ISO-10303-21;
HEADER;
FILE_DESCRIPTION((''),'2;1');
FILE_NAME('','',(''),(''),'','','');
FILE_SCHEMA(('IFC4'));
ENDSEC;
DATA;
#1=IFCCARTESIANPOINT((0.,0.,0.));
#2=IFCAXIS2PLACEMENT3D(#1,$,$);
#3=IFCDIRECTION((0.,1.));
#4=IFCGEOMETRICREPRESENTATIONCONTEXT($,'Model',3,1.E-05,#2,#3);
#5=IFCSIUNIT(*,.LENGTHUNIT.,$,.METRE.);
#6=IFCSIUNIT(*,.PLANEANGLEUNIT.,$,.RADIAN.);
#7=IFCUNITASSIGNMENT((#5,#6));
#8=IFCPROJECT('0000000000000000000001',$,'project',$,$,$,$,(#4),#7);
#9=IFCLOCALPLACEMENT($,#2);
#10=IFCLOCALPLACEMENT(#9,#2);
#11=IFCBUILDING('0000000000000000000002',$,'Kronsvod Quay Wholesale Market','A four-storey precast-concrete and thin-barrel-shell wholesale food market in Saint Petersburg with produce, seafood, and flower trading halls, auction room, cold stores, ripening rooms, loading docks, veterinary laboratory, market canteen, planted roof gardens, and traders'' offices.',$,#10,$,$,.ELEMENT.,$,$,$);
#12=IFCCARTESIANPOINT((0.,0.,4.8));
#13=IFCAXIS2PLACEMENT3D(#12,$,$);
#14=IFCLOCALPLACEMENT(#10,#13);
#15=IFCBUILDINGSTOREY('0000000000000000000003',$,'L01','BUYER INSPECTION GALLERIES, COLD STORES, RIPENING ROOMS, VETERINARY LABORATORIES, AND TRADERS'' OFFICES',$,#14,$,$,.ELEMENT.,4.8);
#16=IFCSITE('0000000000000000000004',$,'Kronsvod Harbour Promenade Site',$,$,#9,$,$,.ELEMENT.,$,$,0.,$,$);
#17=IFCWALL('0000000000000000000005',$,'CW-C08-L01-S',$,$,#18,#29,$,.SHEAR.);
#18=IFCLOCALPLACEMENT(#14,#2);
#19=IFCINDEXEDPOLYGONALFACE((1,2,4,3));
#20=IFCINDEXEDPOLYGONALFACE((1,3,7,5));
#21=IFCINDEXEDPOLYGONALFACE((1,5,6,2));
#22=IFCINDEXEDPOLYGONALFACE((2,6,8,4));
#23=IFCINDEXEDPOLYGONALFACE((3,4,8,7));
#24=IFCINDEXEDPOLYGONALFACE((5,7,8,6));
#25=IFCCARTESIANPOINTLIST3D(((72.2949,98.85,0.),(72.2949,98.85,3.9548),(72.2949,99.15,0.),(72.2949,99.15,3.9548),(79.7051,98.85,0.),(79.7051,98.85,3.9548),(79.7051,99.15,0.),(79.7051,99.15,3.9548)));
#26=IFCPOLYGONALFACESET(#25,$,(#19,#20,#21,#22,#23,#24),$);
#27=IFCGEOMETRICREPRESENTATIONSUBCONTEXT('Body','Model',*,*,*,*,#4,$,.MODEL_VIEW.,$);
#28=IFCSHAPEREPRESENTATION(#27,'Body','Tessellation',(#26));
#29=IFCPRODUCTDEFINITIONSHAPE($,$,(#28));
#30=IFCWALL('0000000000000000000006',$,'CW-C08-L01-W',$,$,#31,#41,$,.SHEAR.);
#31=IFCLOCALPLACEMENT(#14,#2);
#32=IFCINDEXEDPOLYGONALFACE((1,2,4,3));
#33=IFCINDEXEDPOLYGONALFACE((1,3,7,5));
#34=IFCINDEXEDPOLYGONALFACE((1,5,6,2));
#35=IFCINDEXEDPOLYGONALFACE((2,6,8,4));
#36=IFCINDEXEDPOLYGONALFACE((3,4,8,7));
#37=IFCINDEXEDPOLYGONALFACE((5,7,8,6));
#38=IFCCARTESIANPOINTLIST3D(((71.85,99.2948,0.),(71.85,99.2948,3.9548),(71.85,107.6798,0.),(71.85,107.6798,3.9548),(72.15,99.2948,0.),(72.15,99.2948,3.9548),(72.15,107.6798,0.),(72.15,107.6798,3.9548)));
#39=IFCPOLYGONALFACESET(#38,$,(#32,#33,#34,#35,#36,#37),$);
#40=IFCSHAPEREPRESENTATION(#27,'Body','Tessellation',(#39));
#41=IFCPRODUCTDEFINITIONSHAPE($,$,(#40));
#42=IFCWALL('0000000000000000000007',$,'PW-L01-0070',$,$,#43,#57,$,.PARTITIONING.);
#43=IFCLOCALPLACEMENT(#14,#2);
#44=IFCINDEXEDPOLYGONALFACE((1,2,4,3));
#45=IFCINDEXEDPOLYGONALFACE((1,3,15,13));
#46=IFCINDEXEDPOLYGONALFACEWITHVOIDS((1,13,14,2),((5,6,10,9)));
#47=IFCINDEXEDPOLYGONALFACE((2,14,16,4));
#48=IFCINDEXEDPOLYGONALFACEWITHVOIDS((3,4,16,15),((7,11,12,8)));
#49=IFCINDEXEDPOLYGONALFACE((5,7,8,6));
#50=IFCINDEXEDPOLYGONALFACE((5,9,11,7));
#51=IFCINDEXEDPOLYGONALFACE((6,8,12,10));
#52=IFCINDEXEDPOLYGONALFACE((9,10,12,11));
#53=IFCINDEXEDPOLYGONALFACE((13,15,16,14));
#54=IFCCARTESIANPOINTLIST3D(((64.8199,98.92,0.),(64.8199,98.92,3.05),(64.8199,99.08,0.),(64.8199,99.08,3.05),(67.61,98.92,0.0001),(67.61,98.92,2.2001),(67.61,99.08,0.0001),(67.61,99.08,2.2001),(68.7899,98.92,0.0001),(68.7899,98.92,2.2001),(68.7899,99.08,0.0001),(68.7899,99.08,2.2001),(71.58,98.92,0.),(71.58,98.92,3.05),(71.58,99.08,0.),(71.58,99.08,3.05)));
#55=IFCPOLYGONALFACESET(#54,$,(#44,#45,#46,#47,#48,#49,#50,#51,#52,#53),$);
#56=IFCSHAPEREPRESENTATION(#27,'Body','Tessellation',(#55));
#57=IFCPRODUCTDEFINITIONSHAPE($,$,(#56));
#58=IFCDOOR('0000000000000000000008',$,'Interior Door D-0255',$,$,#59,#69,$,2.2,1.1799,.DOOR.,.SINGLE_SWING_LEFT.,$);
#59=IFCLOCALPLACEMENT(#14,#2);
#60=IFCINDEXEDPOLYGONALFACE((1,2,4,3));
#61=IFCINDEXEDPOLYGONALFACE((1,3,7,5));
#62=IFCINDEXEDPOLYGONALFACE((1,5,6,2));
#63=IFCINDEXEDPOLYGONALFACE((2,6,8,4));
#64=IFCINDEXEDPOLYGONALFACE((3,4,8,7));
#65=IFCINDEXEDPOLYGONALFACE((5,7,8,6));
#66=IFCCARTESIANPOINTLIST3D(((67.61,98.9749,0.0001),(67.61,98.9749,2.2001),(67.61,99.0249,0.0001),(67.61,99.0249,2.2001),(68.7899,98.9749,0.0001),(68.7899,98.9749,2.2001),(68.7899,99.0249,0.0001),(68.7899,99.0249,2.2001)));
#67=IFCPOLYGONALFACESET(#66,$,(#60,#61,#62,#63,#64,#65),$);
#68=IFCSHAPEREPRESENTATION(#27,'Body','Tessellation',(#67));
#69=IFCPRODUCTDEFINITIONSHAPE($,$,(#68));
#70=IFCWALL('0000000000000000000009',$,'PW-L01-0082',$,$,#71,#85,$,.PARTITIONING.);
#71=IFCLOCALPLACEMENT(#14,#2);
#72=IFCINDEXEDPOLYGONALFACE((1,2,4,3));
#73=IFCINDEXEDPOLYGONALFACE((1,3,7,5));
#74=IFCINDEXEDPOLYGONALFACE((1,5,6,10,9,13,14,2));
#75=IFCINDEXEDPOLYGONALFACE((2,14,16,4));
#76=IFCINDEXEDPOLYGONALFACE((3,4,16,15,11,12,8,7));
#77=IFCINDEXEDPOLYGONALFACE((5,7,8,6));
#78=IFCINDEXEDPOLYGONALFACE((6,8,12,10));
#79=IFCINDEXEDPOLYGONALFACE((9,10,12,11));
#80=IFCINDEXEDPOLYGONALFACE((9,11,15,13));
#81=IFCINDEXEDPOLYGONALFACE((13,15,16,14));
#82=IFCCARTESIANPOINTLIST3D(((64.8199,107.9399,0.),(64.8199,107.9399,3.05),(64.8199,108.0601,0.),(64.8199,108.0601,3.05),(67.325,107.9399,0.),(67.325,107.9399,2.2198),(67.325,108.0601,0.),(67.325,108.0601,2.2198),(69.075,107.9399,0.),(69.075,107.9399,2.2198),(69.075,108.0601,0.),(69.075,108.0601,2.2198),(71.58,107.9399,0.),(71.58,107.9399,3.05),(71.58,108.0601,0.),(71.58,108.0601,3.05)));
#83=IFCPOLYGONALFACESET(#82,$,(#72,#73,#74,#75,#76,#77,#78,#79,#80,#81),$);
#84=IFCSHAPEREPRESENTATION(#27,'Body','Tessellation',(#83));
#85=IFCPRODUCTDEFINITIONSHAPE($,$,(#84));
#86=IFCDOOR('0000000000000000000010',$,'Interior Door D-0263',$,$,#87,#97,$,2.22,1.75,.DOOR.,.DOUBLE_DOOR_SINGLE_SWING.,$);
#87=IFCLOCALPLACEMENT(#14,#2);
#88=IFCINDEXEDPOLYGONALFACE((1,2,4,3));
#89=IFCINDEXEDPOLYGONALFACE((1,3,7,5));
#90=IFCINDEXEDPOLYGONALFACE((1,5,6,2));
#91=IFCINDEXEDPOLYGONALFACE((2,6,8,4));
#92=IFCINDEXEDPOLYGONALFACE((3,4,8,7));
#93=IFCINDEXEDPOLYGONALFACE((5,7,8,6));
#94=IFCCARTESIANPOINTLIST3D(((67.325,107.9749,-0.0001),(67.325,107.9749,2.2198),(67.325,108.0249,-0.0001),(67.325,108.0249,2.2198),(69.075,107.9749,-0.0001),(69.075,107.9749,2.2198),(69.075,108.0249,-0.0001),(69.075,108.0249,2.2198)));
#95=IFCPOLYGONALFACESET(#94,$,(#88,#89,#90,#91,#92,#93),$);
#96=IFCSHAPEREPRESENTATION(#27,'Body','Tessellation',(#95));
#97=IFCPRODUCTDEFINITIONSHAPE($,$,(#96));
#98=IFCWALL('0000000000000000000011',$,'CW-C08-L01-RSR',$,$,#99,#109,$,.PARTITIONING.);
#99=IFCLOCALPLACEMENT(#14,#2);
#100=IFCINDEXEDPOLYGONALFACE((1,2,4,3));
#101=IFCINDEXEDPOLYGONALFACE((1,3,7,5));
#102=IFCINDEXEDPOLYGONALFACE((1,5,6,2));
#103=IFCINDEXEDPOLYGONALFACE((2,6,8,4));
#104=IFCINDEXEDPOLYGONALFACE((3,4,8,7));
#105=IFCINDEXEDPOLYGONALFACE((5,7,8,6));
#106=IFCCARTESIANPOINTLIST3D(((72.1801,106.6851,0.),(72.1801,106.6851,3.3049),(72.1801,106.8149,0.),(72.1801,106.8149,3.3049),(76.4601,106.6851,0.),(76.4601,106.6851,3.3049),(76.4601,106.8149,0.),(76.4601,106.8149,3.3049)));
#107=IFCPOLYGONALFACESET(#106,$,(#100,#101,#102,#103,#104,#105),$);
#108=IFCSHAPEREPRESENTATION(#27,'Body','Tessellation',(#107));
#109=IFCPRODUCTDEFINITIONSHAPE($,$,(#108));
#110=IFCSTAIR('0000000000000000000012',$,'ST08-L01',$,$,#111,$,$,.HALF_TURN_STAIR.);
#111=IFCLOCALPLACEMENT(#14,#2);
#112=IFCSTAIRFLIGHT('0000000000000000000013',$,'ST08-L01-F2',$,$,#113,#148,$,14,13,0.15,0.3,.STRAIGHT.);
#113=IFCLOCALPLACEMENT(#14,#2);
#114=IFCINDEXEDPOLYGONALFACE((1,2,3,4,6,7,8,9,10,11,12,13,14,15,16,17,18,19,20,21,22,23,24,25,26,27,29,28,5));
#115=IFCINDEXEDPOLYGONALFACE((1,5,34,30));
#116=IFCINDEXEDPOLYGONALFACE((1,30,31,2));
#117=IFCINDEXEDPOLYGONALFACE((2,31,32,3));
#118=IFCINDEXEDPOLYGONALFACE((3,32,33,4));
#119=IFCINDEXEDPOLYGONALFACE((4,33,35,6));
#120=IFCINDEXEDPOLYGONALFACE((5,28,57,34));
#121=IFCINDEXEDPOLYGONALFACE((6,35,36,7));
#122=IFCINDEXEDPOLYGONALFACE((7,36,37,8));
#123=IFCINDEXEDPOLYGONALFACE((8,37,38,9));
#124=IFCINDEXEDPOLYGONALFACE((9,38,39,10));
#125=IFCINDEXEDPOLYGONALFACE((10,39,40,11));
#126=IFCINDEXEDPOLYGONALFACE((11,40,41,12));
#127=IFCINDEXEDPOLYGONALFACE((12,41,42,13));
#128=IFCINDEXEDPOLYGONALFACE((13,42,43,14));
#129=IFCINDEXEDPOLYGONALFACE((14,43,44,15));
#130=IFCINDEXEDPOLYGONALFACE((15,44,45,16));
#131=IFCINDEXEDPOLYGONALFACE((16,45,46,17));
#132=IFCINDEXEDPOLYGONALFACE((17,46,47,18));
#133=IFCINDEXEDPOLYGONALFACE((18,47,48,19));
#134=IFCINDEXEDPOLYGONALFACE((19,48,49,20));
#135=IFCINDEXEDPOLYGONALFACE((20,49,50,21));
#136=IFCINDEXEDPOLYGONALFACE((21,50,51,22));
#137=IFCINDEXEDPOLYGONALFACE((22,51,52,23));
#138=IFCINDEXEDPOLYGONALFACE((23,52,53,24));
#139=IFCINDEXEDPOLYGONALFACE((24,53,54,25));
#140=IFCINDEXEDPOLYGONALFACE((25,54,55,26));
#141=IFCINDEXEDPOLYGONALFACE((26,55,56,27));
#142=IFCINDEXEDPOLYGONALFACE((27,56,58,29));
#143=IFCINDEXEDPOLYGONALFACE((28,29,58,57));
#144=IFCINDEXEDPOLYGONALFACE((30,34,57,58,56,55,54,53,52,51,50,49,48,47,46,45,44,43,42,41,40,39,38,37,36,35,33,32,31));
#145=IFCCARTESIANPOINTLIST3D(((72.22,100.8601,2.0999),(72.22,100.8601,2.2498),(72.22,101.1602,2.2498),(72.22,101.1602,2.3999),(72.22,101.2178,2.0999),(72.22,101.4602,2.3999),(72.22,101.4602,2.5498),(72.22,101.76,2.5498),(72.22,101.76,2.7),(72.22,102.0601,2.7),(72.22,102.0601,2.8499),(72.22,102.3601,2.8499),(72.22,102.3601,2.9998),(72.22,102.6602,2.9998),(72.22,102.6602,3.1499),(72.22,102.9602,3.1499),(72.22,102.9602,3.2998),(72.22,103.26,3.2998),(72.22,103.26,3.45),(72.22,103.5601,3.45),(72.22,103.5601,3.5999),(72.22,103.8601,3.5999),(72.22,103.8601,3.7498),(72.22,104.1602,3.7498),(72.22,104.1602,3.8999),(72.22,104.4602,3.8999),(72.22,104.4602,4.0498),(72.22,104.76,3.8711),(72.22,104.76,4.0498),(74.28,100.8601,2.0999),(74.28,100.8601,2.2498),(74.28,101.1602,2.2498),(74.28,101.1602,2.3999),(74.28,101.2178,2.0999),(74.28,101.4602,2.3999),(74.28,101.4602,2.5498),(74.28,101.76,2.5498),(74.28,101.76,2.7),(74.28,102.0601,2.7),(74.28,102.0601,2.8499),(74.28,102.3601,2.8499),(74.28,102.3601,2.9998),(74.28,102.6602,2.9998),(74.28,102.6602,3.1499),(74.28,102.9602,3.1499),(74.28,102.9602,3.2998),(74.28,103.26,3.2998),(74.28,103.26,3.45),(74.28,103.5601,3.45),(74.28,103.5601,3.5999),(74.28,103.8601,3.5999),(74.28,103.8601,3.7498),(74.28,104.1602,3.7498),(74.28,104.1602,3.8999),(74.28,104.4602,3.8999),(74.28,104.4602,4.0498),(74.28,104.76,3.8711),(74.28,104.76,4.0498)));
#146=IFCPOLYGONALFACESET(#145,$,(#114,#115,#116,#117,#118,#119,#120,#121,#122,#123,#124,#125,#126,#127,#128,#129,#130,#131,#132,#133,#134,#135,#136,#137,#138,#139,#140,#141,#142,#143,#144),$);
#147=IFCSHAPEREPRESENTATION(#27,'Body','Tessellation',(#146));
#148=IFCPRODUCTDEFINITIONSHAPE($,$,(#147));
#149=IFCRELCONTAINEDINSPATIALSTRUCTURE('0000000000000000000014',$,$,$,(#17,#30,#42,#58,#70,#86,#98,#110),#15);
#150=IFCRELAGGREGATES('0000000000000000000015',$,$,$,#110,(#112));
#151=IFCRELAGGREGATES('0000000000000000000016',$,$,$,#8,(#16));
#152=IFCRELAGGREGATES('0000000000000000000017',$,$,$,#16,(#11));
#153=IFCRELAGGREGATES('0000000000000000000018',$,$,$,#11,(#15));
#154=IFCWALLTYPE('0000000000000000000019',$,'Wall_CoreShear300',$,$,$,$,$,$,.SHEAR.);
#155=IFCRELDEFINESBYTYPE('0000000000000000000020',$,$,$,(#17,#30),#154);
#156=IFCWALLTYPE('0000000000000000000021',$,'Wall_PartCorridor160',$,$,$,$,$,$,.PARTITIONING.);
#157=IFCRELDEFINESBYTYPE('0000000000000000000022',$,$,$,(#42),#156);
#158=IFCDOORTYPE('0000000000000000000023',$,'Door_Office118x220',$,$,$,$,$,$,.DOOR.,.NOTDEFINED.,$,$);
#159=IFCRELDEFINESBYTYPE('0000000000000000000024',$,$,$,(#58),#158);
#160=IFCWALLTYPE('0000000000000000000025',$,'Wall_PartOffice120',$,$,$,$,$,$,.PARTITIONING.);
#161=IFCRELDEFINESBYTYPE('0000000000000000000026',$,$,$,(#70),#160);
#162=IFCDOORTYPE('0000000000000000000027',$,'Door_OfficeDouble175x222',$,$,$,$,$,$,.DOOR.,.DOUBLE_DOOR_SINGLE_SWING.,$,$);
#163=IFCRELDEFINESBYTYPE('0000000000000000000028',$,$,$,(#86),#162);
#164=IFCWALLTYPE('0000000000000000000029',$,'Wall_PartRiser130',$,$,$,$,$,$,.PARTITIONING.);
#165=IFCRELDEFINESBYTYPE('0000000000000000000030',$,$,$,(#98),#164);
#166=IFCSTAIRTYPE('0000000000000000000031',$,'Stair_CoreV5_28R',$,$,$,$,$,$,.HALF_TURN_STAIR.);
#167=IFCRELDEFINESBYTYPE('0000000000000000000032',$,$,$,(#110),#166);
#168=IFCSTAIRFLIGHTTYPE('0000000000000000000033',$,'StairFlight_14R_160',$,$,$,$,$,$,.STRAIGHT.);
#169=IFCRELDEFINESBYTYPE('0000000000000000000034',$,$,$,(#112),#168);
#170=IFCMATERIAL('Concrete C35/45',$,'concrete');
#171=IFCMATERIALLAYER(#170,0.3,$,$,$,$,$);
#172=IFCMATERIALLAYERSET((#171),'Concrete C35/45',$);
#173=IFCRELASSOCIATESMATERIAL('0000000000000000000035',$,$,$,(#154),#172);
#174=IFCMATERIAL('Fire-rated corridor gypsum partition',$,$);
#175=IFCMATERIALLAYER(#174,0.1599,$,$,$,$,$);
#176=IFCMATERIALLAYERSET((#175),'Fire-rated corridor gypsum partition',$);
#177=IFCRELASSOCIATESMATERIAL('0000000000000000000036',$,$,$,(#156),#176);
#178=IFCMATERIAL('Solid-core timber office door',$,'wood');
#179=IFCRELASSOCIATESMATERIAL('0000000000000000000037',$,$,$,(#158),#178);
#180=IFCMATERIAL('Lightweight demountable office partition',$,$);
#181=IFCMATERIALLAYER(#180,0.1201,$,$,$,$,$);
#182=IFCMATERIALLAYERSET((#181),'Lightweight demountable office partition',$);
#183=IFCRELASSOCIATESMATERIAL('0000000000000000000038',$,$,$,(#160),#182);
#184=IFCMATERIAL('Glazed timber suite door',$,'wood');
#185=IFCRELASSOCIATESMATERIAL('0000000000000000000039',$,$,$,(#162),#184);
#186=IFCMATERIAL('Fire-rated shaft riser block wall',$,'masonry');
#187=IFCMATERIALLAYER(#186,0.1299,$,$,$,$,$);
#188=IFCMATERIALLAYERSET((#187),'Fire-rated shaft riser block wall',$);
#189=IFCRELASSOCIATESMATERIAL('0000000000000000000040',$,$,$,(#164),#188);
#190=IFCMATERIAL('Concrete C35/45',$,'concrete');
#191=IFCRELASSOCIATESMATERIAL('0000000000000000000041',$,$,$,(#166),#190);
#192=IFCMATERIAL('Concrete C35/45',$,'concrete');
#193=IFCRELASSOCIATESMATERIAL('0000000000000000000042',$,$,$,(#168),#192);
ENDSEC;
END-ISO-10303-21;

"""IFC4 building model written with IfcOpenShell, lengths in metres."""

from ifc_helpers import new_model, si_unit, direction, frame, frame_2d, origin, place, context, subcontext, project, spatial, polyline, rectangle, outline, extrude, material, layer, layer_set, type_object, element, fill, aggregate, save


model = new_model("IFC4")

# Units and contexts
model_context = context("Model", 3, precision=1e-05, world=origin(), true_north=direction((0.0, 1.0)))
body_context = subcontext(model_context, "Body", "Model", "MODEL_VIEW")
ifc_project = project(units=[si_unit("LENGTHUNIT", "METRE"), si_unit("PLANEANGLEUNIT", "RADIAN")], contexts=[model_context])

# Site, building, storey
site_placement = place(None, origin())
site = spatial("IfcSite", under=ifc_project, at=site_placement, Name="Kronsvod Harbour Promenade Site", CompositionType="ELEMENT", RefElevation=0.0)
building_placement = place(site_placement, origin())
building = spatial("IfcBuilding", under=site, at=building_placement, Name="Kronsvod Quay Wholesale Market", Description="A four-storey precast-concrete and thin-barrel-shell wholesale food market in Saint Petersburg with produce, seafood, and flower trading halls, auction room, cold stores, ripening rooms, loading docks, veterinary laboratory, market canteen, planted roof gardens, and traders' offices.", CompositionType="ELEMENT")
storey_placement = place(building_placement, frame((0.0, 0.0, 4.8)))
storey = spatial("IfcBuildingStorey", under=building, at=storey_placement, Name="L01", Description="BUYER INSPECTION GALLERIES, COLD STORES, RIPENING ROOMS, VETERINARY LABORATORIES, AND TRADERS' OFFICES", CompositionType="ELEMENT", Elevation=4.8)

# Walls
ifc_material_1 = material(Name="Concrete C35/45", Category="concrete")
ifc_layer_1 = layer(ifc_material_1, 0.3)
ifc_layer_set_1 = layer_set([ifc_layer_1], Name="Concrete C35/45")
wall_type_1 = type_object("IfcWallType", Name="Wall_CoreShear300", PredefinedType="SHEAR", material=ifc_layer_set_1)
wall_1_placement = place(storey_placement, frame((72.2949, 99.0, 0.0), z_axis=(0.0, 0.0, 1.0), x_axis=(1.0, 0.0, 0.0)))
element("IfcWall", 1, at=wall_1_placement, inside=storey, type_object=wall_type_1, Name="CW-C08-L01-S", PredefinedType="SHEAR", context=body_context, shape_type="SweptSolid", body=[
    extrude(rectangle(XDim=7.4102, YDim=0.3, at=frame_2d((3.7051, 0.0))), origin(), (0.0, 0.0, 1.0), 3.9548),
])
wall_2_placement = place(storey_placement, frame((72.0, 99.2949, 0.0), z_axis=(0.0, 0.0, 1.0), x_axis=(0.0, 1.0, 0.0)))
element("IfcWall", 2, at=wall_2_placement, inside=storey, type_object=wall_type_1, Name="CW-C08-L01-W", PredefinedType="SHEAR", context=body_context, shape_type="SweptSolid", body=[
    extrude(rectangle(XDim=8.385, YDim=0.3, at=frame_2d((4.1924, 0.0))), origin(), (0.0, 0.0, 1.0), 3.9548),
])

# Walls, openings, doors
ifc_material_2 = material(Name="Fire-rated corridor gypsum partition")
ifc_layer_2 = layer(ifc_material_2, 0.1599)
ifc_layer_set_2 = layer_set([ifc_layer_2], Name="Fire-rated corridor gypsum partition")
wall_type_2 = type_object("IfcWallType", Name="Wall_PartCorridor160", PredefinedType="PARTITIONING", material=ifc_layer_set_2)
wall_3_placement = place(storey_placement, frame((64.8201, 99.0, 0.0), z_axis=(0.0, 0.0, 1.0), x_axis=(1.0, 0.0, 0.0)))
wall_3 = element("IfcWall", 3, at=wall_3_placement, inside=storey, type_object=wall_type_2, Name="PW-L01-0070", PredefinedType="PARTITIONING", context=body_context, shape_type="SweptSolid", body=[
    extrude(rectangle(XDim=6.76, YDim=0.1599, at=frame_2d((3.3799, 0.0))), origin(), (0.0, 0.0, 1.0), 3.05),
])
opening_1_placement = place(wall_3_placement, frame((2.79, 0.0, 0.0)))
opening_1 = element("IfcOpeningElement", 4, at=opening_1_placement, cuts=wall_3, PredefinedType="OPENING", context=body_context, shape_type="SweptSolid", body=[
    extrude(rectangle(XDim=1.1799, YDim=2.2, at=frame_2d((0.5898, 1.1001))), frame((0.0, 0.0898, 0.0), z_axis=(0.0, -1.0, 0.0), x_axis=(1.0, 0.0, 0.0)), (0.0, 0.0, 1.0), 0.1799),
])
ifc_material_3 = material(Name="Solid-core timber office door", Category="wood")
door_type_1 = type_object("IfcDoorType", Name="Door_Office118x220", OperationType="NOTDEFINED", PredefinedType="DOOR", material=ifc_material_3)
door_1_placement = place(opening_1_placement, origin())
door_1 = element("IfcDoor", 5, at=door_1_placement, inside=storey, type_object=door_type_1, Name="Interior Door D-0255", OperationType="SINGLE_SWING_LEFT", OverallHeight=2.2, OverallWidth=1.1799, PredefinedType="DOOR", context=body_context, shape_type="SweptSolid", body=[
    extrude(rectangle(XDim=1.1799, YDim=2.2, at=frame_2d((0.5898, 1.1001))), frame((0.0, 0.0249, 0.0), z_axis=(0.0, -1.0, 0.0), x_axis=(1.0, 0.0, 0.0)), (0.0, 0.0, 1.0), 0.05),
])
fill(opening_1, door_1)
ifc_material_4 = material(Name="Lightweight demountable office partition")
ifc_layer_3 = layer(ifc_material_4, 0.1201)
ifc_layer_set_3 = layer_set([ifc_layer_3], Name="Lightweight demountable office partition")
wall_type_3 = type_object("IfcWallType", Name="Wall_PartOffice120", PredefinedType="PARTITIONING", material=ifc_layer_set_3)
wall_4_placement = place(storey_placement, frame((64.8201, 108.0, 0.0), z_axis=(0.0, 0.0, 1.0), x_axis=(1.0, 0.0, 0.0)))
wall_4 = element("IfcWall", 6, at=wall_4_placement, inside=storey, type_object=wall_type_3, Name="PW-L01-0082", PredefinedType="PARTITIONING", context=body_context, shape_type="SweptSolid", body=[
    extrude(rectangle(XDim=6.76, YDim=0.1201, at=frame_2d((3.3799, 0.0))), origin(), (0.0, 0.0, 1.0), 3.05),
])
opening_2_placement = place(wall_4_placement, frame((2.5049, 0.0, 0.0)))
opening_2 = element("IfcOpeningElement", 7, at=opening_2_placement, cuts=wall_4, PredefinedType="OPENING", context=body_context, shape_type="SweptSolid", body=[
    extrude(rectangle(XDim=1.75, YDim=2.22, at=frame_2d((0.875, 1.1099))), frame((0.0, 0.0701, 0.0), z_axis=(0.0, -1.0, 0.0), x_axis=(1.0, 0.0, 0.0)), (0.0, 0.0, 1.0), 0.1401),
])
ifc_material_5 = material(Name="Glazed timber suite door", Category="wood")
door_type_2 = type_object("IfcDoorType", Name="Door_OfficeDouble175x222", OperationType="DOUBLE_DOOR_SINGLE_SWING", PredefinedType="DOOR", material=ifc_material_5)
door_2_placement = place(opening_2_placement, origin())
door_2 = element("IfcDoor", 8, at=door_2_placement, inside=storey, type_object=door_type_2, Name="Interior Door D-0263", OperationType="DOUBLE_DOOR_SINGLE_SWING", OverallHeight=2.22, OverallWidth=1.75, PredefinedType="DOOR", context=body_context, shape_type="SweptSolid", body=[
    extrude(rectangle(XDim=1.75, YDim=2.22, at=frame_2d((0.875, 1.1099))), frame((0.0, 0.0249, 0.0), z_axis=(0.0, -1.0, 0.0), x_axis=(1.0, 0.0, 0.0)), (0.0, 0.0, 1.0), 0.05),
])
fill(opening_2, door_2)

# Wall
ifc_material_6 = material(Name="Fire-rated shaft riser block wall", Category="masonry")
ifc_layer_4 = layer(ifc_material_6, 0.1299)
ifc_layer_set_4 = layer_set([ifc_layer_4], Name="Fire-rated shaft riser block wall")
wall_type_4 = type_object("IfcWallType", Name="Wall_PartRiser130", PredefinedType="PARTITIONING", material=ifc_layer_set_4)
wall_5_placement = place(storey_placement, frame((72.1799, 106.75, 0.0), z_axis=(0.0, 0.0, 1.0), x_axis=(1.0, 0.0, 0.0)))
element("IfcWall", 9, at=wall_5_placement, inside=storey, type_object=wall_type_4, Name="CW-C08-L01-RSR", PredefinedType="PARTITIONING", context=body_context, shape_type="SweptSolid", body=[
    extrude(rectangle(XDim=4.28, YDim=0.1299, at=frame_2d((2.1401, 0.0))), origin(), (0.0, 0.0, 1.0), 3.3049),
])

# Stair, stair flight
ifc_material_7 = material(Name="Concrete C35/45", Category="concrete")
stair_type = type_object("IfcStairType", Name="Stair_CoreV5_28R", PredefinedType="HALF_TURN_STAIR", material=ifc_material_7)
stair_placement = place(storey_placement, origin())
stair = element("IfcStair", 10, at=stair_placement, inside=storey, type_object=stair_type, Name="ST08-L01", PredefinedType="HALF_TURN_STAIR")
ifc_material_8 = material(Name="Concrete C35/45", Category="concrete")
stair_flight_type = type_object("IfcStairFlightType", Name="StairFlight_14R_160", PredefinedType="STRAIGHT", material=ifc_material_8)
stair_flight_placement = place(storey_placement, frame((73.25, 100.8601, 2.0999), z_axis=(0.0, 0.0, 1.0), x_axis=(0.0, 1.0, 0.0)))
stair_flight = element("IfcStairFlight", 11, at=stair_flight_placement, type_object=stair_flight_type, Name="ST08-L01-F2", NumberOfRisers=14, NumberOfTreads=13, PredefinedType="STRAIGHT", RiserHeight=0.15, TreadLength=0.3, context=body_context, shape_type="SweptSolid", body=[
    extrude(outline(polyline([(0.0, 0.0), (0.0, 0.1499), (0.3, 0.1499), (0.3, 0.3), (0.6001, 0.3), (0.6001, 0.45), (0.8999, 0.45), (0.8999, 0.6001), (1.2, 0.6001), (1.2, 0.75), (1.5, 0.75), (1.5, 0.8999), (1.8, 0.8999), (1.8, 1.05), (2.1001, 1.05), (2.1001, 1.2), (2.3999, 1.2), (2.3999, 1.3501), (2.7, 1.3501), (2.7, 1.5), (3.0, 1.5), (3.0, 1.6499), (3.3, 1.6499), (3.3, 1.8), (3.6001, 1.8), (3.6001, 1.95), (3.8999, 1.95), (3.8999, 2.1001), (3.8999, 1.7712), (0.3577, 0.0), (0.0, 0.0)])), frame((0.0, 1.03, 0.0), z_axis=(0.0, -1.0, 0.0), x_axis=(1.0, 0.0, 0.0)), (0.0, 0.0, 1.0), 2.0601),
])
aggregate(stair, [stair_flight])

save(model, "model.ifc")
